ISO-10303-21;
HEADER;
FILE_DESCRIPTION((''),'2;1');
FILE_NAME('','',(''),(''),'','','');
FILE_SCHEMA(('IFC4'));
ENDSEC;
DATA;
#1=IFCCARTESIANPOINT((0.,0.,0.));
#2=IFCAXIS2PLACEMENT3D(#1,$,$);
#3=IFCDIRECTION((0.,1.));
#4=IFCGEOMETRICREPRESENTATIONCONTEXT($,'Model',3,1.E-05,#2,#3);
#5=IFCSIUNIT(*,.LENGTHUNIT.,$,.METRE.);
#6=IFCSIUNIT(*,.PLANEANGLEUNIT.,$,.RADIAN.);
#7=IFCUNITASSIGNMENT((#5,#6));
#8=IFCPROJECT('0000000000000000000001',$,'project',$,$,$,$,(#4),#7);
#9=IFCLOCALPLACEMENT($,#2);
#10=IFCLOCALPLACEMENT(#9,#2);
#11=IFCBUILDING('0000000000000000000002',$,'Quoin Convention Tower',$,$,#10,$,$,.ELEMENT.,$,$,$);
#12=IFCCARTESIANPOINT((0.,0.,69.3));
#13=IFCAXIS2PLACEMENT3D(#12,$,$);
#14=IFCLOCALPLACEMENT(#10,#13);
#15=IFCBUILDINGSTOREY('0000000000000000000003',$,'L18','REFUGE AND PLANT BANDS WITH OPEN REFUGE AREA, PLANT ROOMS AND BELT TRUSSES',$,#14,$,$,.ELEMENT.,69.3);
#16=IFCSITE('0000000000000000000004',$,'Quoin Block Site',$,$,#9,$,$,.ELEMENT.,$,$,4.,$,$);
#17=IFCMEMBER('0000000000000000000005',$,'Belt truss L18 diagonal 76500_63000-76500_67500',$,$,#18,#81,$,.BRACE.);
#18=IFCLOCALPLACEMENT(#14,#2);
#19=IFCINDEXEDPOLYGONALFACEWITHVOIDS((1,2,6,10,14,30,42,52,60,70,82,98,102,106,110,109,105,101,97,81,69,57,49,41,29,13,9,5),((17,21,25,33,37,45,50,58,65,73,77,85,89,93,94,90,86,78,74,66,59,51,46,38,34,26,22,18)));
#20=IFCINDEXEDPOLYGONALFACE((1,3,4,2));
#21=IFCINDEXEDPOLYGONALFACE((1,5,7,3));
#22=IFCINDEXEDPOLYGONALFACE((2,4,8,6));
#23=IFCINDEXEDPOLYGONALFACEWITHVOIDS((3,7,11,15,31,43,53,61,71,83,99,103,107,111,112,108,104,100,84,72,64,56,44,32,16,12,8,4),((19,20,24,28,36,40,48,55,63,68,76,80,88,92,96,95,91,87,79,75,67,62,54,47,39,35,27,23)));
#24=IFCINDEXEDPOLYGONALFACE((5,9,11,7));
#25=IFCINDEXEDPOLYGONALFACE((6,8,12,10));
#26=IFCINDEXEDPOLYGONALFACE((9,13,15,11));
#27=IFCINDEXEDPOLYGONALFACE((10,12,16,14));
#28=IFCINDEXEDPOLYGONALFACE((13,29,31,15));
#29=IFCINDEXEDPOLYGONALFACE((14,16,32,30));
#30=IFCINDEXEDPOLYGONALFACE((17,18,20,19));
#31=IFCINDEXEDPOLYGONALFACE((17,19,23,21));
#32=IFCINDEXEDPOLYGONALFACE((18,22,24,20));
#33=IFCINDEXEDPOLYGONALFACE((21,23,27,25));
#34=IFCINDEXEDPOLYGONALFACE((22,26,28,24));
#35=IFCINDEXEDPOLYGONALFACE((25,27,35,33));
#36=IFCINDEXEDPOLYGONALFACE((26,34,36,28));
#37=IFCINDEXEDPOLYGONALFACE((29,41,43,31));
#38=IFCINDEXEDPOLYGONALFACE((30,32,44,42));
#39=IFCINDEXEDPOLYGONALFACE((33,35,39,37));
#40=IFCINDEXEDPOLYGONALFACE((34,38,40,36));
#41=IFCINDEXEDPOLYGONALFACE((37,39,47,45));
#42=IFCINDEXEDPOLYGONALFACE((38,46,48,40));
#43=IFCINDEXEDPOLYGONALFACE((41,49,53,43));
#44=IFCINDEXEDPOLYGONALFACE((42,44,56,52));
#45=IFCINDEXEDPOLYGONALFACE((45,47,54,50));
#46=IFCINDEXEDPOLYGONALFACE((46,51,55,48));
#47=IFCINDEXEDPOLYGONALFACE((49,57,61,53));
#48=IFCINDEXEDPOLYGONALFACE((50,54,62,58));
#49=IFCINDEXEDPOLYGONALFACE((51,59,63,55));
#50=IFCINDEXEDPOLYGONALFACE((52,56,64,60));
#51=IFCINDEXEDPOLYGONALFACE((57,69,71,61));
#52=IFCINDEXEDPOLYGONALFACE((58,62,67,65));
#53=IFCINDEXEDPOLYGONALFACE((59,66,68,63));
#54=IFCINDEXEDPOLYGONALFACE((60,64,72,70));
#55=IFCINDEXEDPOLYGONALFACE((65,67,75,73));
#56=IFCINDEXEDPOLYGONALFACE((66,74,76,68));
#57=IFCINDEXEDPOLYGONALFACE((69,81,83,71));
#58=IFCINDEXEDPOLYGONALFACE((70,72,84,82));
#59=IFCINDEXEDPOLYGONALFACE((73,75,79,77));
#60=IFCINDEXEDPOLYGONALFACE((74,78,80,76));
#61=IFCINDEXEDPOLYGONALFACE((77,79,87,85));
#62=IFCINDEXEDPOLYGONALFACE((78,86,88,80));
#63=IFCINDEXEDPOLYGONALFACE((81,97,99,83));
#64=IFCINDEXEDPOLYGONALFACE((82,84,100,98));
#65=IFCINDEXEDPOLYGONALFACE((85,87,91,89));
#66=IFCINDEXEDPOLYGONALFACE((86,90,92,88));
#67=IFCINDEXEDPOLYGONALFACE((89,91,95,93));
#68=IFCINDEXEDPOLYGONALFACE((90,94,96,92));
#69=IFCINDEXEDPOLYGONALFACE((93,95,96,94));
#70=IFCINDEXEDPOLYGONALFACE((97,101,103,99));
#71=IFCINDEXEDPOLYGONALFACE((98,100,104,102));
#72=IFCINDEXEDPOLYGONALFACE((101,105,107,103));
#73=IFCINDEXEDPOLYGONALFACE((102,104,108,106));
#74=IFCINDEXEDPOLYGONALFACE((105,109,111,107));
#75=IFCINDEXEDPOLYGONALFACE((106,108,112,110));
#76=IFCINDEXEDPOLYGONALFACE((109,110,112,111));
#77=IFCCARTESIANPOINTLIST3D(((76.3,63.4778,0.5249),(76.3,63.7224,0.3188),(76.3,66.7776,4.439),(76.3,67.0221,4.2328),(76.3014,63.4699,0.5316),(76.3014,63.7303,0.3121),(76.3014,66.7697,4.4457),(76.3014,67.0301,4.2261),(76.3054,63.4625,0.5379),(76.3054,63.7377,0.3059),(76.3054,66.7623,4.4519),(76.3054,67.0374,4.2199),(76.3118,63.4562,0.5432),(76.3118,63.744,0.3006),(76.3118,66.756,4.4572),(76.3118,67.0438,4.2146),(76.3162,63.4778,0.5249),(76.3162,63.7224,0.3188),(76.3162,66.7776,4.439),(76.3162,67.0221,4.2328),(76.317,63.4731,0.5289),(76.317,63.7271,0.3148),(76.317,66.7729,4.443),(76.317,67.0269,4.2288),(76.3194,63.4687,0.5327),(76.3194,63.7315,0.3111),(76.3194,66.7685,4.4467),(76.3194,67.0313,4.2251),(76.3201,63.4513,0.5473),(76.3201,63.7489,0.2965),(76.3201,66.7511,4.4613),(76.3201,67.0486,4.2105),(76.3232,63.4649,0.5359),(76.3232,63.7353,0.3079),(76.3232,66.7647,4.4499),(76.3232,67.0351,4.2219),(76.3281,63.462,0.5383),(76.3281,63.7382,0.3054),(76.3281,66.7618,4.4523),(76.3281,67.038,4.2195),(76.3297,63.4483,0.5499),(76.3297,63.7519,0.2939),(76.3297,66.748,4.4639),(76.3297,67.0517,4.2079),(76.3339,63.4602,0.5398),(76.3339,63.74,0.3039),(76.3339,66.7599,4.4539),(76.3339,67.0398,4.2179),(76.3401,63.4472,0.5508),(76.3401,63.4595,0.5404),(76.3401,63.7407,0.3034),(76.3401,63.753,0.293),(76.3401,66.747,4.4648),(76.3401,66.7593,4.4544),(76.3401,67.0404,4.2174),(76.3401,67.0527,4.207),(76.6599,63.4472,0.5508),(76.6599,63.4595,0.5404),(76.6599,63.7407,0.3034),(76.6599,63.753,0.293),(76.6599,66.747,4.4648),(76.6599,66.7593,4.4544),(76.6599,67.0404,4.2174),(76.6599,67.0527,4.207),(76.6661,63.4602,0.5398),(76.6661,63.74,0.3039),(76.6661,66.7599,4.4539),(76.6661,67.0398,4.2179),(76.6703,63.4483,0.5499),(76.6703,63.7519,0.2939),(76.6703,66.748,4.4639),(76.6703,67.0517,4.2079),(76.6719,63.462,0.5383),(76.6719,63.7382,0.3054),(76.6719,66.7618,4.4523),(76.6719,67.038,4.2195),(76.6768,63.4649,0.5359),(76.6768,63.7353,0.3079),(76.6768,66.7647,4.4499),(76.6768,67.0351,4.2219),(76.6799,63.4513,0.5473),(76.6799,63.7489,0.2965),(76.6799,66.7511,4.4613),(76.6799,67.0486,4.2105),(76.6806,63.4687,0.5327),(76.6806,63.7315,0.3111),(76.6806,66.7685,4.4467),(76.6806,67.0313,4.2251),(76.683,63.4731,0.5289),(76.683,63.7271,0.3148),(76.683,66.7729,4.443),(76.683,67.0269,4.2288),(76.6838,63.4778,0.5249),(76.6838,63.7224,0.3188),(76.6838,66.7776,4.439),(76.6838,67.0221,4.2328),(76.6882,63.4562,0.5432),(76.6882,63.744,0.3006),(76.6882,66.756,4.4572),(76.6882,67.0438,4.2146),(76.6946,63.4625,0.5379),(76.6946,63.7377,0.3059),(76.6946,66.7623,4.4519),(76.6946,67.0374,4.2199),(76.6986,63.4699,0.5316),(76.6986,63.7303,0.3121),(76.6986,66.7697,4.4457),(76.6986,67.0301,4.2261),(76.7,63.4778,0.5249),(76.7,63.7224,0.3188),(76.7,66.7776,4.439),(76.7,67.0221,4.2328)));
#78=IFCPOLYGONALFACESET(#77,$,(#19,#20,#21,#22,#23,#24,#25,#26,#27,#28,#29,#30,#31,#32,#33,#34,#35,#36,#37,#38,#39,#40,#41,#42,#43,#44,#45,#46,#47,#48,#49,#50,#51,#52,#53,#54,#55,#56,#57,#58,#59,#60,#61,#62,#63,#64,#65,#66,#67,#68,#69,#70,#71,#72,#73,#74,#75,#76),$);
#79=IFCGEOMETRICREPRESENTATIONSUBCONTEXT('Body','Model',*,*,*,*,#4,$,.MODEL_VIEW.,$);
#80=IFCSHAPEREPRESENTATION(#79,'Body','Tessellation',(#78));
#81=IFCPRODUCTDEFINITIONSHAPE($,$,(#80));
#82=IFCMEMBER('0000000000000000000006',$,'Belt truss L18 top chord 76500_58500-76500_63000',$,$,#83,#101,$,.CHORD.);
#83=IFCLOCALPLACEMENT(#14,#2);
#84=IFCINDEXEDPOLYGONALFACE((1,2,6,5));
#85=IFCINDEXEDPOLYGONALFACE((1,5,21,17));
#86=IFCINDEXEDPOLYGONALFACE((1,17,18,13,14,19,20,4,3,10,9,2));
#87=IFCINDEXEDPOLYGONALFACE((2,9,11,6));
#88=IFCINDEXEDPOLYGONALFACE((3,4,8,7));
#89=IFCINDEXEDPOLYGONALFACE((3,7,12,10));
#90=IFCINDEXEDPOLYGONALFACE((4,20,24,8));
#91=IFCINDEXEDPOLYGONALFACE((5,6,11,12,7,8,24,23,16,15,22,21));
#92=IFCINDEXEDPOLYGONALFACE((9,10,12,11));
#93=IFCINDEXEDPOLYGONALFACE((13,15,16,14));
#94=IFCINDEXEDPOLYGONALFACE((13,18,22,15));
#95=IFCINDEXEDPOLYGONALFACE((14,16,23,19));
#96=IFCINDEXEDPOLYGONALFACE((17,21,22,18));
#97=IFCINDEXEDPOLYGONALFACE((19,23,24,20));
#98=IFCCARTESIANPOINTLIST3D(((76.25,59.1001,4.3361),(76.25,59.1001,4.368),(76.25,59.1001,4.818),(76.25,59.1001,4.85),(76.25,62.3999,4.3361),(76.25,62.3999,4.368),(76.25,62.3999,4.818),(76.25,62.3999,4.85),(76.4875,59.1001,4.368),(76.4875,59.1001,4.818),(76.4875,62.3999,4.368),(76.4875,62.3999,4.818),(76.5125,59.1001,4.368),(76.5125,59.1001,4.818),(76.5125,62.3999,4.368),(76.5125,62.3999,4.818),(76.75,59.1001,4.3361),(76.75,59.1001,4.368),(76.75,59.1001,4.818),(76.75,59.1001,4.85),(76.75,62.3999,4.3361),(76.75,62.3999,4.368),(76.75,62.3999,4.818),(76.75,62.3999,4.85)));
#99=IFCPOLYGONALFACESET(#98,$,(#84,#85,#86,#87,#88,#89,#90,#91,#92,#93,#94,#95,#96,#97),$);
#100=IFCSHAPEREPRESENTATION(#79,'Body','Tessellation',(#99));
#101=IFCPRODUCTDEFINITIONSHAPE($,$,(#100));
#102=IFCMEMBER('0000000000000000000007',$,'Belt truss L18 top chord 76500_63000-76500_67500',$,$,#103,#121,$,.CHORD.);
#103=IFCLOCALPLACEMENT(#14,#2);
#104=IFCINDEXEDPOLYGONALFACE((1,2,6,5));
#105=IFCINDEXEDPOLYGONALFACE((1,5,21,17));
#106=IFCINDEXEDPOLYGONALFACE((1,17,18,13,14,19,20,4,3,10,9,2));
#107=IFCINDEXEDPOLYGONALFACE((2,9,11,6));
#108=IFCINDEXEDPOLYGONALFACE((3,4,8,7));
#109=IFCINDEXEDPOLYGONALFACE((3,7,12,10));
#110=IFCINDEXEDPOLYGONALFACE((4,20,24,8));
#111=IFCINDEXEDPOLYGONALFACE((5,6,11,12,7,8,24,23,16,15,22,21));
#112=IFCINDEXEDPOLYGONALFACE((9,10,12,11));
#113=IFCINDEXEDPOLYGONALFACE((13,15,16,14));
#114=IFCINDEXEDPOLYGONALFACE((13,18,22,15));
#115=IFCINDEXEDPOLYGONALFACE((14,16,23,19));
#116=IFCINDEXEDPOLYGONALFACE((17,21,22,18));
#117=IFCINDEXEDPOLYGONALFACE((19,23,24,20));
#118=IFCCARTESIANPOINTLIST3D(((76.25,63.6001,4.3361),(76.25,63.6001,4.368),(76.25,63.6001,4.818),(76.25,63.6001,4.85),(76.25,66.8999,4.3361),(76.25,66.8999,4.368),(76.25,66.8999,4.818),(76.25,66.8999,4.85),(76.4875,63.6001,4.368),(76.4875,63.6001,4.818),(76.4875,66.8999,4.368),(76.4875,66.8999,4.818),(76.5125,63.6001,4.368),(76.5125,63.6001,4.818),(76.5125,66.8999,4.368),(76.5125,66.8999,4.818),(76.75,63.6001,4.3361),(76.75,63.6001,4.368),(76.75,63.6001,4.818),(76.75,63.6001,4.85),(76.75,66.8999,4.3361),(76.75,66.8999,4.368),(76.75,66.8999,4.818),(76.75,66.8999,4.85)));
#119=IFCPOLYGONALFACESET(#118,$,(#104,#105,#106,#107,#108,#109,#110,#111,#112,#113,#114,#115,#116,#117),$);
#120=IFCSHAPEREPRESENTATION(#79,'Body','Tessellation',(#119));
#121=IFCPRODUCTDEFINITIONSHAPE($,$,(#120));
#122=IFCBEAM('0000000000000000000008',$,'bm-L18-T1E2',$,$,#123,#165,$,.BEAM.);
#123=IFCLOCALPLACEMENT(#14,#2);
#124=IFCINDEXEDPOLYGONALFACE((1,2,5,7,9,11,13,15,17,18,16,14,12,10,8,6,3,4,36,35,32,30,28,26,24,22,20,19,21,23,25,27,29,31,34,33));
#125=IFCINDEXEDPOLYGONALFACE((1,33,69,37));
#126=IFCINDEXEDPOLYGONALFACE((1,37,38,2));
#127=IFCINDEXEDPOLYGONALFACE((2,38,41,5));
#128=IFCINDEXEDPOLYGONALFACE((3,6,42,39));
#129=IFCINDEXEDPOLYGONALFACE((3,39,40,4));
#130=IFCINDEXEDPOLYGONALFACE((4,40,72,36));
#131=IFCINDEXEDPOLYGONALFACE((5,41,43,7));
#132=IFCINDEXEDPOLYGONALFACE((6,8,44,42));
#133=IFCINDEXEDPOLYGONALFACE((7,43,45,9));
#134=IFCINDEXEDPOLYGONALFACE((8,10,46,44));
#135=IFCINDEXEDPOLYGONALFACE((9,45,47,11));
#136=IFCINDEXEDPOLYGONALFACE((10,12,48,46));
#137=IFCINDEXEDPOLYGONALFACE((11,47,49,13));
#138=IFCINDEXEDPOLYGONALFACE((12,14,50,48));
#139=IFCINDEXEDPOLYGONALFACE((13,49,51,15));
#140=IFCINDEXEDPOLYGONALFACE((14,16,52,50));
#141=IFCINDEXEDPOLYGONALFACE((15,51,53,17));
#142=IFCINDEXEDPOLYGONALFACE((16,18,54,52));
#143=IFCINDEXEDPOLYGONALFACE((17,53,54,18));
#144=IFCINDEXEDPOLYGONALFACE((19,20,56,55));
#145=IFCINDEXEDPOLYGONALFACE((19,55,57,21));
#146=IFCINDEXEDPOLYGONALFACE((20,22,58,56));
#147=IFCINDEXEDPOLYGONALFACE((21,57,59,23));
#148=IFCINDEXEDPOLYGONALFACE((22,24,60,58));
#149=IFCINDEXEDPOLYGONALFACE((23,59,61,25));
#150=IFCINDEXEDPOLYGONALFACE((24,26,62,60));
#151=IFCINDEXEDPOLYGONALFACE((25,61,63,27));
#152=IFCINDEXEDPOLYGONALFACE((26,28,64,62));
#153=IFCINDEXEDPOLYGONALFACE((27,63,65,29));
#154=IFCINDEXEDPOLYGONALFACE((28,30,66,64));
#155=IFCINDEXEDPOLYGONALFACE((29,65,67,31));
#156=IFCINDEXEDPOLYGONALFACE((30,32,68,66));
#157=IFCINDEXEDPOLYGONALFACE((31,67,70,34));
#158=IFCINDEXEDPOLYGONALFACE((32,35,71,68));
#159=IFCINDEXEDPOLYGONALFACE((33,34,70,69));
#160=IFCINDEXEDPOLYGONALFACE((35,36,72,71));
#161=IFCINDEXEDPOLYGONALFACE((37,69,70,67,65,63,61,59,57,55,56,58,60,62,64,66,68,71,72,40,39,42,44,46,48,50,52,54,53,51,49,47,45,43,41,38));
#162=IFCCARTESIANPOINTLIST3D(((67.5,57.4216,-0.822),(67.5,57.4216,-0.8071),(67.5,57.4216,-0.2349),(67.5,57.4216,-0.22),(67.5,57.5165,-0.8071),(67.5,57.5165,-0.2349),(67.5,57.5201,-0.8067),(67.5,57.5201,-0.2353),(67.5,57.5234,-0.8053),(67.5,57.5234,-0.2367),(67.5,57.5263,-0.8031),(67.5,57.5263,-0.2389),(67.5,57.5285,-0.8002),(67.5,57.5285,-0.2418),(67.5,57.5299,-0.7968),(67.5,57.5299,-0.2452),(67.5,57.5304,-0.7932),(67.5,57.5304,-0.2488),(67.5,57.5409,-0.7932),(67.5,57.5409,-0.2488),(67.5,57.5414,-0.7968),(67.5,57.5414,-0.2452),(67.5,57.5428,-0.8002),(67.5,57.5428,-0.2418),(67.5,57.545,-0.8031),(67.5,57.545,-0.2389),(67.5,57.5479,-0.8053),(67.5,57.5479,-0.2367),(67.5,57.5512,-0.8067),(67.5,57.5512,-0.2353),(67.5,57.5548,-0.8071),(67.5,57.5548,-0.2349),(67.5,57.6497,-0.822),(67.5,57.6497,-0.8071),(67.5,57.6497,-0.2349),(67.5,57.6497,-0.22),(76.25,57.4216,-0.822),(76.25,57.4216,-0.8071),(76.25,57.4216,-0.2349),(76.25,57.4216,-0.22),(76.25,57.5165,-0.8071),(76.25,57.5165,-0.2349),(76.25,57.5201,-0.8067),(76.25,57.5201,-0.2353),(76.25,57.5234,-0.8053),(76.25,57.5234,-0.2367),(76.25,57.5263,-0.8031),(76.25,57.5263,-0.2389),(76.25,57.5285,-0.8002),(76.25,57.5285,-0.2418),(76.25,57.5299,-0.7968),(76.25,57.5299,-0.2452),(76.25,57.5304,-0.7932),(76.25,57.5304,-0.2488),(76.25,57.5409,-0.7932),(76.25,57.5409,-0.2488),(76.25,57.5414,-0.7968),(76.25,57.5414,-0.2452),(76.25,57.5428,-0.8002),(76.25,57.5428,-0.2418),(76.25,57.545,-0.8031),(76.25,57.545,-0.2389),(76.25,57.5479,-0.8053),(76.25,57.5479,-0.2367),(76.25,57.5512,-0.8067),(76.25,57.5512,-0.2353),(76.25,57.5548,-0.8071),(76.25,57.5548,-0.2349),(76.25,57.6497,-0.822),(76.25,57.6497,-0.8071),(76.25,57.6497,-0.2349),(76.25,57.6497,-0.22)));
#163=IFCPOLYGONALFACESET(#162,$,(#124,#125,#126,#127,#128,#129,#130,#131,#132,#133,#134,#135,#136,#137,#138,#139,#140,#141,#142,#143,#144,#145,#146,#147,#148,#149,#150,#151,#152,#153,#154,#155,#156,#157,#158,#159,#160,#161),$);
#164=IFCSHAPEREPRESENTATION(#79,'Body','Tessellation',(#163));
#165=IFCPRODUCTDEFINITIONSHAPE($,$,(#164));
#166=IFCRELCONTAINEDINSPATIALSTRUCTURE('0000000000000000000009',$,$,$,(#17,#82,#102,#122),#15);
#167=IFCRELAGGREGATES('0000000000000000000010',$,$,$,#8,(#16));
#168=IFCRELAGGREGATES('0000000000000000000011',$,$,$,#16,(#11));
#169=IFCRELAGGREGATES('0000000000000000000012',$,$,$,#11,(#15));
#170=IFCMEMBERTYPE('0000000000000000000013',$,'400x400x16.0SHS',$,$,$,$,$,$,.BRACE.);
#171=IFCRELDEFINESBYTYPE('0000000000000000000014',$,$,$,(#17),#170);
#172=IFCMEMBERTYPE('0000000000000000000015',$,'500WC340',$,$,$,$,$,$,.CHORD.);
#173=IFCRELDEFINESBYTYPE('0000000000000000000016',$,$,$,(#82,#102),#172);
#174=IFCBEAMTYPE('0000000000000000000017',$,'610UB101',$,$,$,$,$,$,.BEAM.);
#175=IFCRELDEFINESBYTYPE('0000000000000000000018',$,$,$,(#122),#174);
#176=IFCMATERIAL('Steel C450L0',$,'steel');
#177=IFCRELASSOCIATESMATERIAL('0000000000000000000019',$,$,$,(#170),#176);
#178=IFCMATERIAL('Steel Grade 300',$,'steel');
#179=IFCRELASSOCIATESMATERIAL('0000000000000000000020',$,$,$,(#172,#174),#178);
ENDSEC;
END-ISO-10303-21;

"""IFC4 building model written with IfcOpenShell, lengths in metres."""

from ifc_helpers import new_model, si_unit, direction, frame, origin, origin_2d, place, context, subcontext, project, spatial, hollow_rectangle, i_section, extrude, material, material_profile, profile_set, type_object, element, save


model = new_model("IFC4")

# Units and contexts
model_context = context("Model", 3, precision=1e-05, world=origin(), true_north=direction((0.0, 1.0)))
body_context = subcontext(model_context, "Body", "Model", "MODEL_VIEW")
ifc_project = project(units=[si_unit("LENGTHUNIT", "METRE"), si_unit("PLANEANGLEUNIT", "RADIAN")], contexts=[model_context])

# Site, building, storey
site_placement = place(None, origin())
site = spatial("IfcSite", under=ifc_project, at=site_placement, Name="Quoin Block Site", CompositionType="ELEMENT", RefElevation=4.0)
building_placement = place(site_placement, origin())
building = spatial("IfcBuilding", under=site, at=building_placement, Name="Quoin Convention Tower", CompositionType="ELEMENT")
storey_placement = place(building_placement, frame((0.0, 0.0, 69.3)))
storey = spatial("IfcBuildingStorey", under=building, at=storey_placement, Name="L18", Description="REFUGE AND PLANT BANDS WITH OPEN REFUGE AREA, PLANT ROOMS AND BELT TRUSSES", CompositionType="ELEMENT", Elevation=69.3)

# Members
ifc_material_1 = material(Name="Steel Grade 300", Category="steel")
ifc_material_2 = material(Name="Steel C450L0", Category="steel")
ifc_material_profile_1 = material_profile(ifc_material_2, hollow_rectangle(XDim=0.3999, YDim=0.3999, WallThickness=0.0161, InnerFilletRadius=0.0239, OuterFilletRadius=0.04, at=origin_2d()), Name="400x400x16.0SHS")
ifc_profile_set_1 = profile_set([ifc_material_profile_1], Name="Steel C450L0")
member_type_1 = type_object("IfcMemberType", Name="400x400x16.0SHS", PredefinedType="BRACE", material=ifc_profile_set_1)
for number, where, z_axis, x_axis, name in (
    (1, (76.5, 63.6001, 0.4219), (0.0, 0.644564, 0.76455), (-1.0, 0.0, 0.0), "Belt truss L18 diagonal 76500_63000-76500_67500"),
):
    element("IfcMember", number, at=place(storey_placement, frame(where, z_axis=z_axis, x_axis=x_axis)), inside=storey, type_object=member_type_1, Name=name, PredefinedType="BRACE", context=body_context, shape_type="SweptSolid", body=[
        extrude(hollow_rectangle(XDim=0.3999, YDim=0.3999, WallThickness=0.0161, InnerFilletRadius=0.0239, OuterFilletRadius=0.04, at=origin_2d()), origin(), (0.0, 0.0, 1.0), 5.1194),
    ])
ifc_material_profile_2 = material_profile(ifc_material_1, i_section(OverallWidth=0.5, OverallDepth=0.5139, WebThickness=0.0249, FlangeThickness=0.032, at=origin_2d()), Name="500WC340")
ifc_profile_set_2 = profile_set([ifc_material_profile_2], Name="Steel Grade 300")
member_type_2 = type_object("IfcMemberType", Name="500WC340", PredefinedType="CHORD", material=ifc_profile_set_2)
for number, where, z_axis, x_axis, name in (
    (2, (76.5, 59.1001, 4.593), (0.0, 1.0, 0.0), (-1.0, 0.0, 0.0), "Belt truss L18 top chord 76500_58500-76500_63000"),
    (3, (76.5, 63.6001, 4.593), (0.0, 1.0, 0.0), (-1.0, 0.0, 0.0), "Belt truss L18 top chord 76500_63000-76500_67500"),
):
    element("IfcMember", number, at=place(storey_placement, frame(where, z_axis=z_axis, x_axis=x_axis)), inside=storey, type_object=member_type_2, Name=name, PredefinedType="CHORD", context=body_context, shape_type="SweptSolid", body=[
        extrude(i_section(OverallWidth=0.5, OverallDepth=0.5139, WebThickness=0.0249, FlangeThickness=0.032, at=origin_2d()), origin(), (0.0, 0.0, 1.0), 3.2998),
    ])

# Beam
ifc_material_profile_3 = material_profile(ifc_material_1, i_section(OverallWidth=0.228, OverallDepth=0.6021, WebThickness=0.0105, FlangeThickness=0.0149, FilletRadius=0.0139, at=origin_2d()), Name="610UB101")
ifc_profile_set_3 = profile_set([ifc_material_profile_3], Name="Steel Grade 300")
beam_type_1 = type_object("IfcBeamType", Name="610UB101", PredefinedType="BEAM", material=ifc_profile_set_3)
for number, where, z_axis, x_axis, name in (
    (4, (67.5, 57.5356, -0.521), (1.0, 0.0, 0.0), (0.0, 1.0, 0.0), "bm-L18-T1E2"),
):
    element("IfcBeam", number, at=place(storey_placement, frame(where, z_axis=z_axis, x_axis=x_axis)), inside=storey, type_object=beam_type_1, Name=name, PredefinedType="BEAM", context=body_context, shape_type="SweptSolid", body=[
        extrude(i_section(OverallWidth=0.228, OverallDepth=0.6021, WebThickness=0.0105, FlangeThickness=0.0149, FilletRadius=0.0139, at=origin_2d()), origin(), (0.0, 0.0, 1.0), 8.75),
    ])

save(model, "model.ifc")
